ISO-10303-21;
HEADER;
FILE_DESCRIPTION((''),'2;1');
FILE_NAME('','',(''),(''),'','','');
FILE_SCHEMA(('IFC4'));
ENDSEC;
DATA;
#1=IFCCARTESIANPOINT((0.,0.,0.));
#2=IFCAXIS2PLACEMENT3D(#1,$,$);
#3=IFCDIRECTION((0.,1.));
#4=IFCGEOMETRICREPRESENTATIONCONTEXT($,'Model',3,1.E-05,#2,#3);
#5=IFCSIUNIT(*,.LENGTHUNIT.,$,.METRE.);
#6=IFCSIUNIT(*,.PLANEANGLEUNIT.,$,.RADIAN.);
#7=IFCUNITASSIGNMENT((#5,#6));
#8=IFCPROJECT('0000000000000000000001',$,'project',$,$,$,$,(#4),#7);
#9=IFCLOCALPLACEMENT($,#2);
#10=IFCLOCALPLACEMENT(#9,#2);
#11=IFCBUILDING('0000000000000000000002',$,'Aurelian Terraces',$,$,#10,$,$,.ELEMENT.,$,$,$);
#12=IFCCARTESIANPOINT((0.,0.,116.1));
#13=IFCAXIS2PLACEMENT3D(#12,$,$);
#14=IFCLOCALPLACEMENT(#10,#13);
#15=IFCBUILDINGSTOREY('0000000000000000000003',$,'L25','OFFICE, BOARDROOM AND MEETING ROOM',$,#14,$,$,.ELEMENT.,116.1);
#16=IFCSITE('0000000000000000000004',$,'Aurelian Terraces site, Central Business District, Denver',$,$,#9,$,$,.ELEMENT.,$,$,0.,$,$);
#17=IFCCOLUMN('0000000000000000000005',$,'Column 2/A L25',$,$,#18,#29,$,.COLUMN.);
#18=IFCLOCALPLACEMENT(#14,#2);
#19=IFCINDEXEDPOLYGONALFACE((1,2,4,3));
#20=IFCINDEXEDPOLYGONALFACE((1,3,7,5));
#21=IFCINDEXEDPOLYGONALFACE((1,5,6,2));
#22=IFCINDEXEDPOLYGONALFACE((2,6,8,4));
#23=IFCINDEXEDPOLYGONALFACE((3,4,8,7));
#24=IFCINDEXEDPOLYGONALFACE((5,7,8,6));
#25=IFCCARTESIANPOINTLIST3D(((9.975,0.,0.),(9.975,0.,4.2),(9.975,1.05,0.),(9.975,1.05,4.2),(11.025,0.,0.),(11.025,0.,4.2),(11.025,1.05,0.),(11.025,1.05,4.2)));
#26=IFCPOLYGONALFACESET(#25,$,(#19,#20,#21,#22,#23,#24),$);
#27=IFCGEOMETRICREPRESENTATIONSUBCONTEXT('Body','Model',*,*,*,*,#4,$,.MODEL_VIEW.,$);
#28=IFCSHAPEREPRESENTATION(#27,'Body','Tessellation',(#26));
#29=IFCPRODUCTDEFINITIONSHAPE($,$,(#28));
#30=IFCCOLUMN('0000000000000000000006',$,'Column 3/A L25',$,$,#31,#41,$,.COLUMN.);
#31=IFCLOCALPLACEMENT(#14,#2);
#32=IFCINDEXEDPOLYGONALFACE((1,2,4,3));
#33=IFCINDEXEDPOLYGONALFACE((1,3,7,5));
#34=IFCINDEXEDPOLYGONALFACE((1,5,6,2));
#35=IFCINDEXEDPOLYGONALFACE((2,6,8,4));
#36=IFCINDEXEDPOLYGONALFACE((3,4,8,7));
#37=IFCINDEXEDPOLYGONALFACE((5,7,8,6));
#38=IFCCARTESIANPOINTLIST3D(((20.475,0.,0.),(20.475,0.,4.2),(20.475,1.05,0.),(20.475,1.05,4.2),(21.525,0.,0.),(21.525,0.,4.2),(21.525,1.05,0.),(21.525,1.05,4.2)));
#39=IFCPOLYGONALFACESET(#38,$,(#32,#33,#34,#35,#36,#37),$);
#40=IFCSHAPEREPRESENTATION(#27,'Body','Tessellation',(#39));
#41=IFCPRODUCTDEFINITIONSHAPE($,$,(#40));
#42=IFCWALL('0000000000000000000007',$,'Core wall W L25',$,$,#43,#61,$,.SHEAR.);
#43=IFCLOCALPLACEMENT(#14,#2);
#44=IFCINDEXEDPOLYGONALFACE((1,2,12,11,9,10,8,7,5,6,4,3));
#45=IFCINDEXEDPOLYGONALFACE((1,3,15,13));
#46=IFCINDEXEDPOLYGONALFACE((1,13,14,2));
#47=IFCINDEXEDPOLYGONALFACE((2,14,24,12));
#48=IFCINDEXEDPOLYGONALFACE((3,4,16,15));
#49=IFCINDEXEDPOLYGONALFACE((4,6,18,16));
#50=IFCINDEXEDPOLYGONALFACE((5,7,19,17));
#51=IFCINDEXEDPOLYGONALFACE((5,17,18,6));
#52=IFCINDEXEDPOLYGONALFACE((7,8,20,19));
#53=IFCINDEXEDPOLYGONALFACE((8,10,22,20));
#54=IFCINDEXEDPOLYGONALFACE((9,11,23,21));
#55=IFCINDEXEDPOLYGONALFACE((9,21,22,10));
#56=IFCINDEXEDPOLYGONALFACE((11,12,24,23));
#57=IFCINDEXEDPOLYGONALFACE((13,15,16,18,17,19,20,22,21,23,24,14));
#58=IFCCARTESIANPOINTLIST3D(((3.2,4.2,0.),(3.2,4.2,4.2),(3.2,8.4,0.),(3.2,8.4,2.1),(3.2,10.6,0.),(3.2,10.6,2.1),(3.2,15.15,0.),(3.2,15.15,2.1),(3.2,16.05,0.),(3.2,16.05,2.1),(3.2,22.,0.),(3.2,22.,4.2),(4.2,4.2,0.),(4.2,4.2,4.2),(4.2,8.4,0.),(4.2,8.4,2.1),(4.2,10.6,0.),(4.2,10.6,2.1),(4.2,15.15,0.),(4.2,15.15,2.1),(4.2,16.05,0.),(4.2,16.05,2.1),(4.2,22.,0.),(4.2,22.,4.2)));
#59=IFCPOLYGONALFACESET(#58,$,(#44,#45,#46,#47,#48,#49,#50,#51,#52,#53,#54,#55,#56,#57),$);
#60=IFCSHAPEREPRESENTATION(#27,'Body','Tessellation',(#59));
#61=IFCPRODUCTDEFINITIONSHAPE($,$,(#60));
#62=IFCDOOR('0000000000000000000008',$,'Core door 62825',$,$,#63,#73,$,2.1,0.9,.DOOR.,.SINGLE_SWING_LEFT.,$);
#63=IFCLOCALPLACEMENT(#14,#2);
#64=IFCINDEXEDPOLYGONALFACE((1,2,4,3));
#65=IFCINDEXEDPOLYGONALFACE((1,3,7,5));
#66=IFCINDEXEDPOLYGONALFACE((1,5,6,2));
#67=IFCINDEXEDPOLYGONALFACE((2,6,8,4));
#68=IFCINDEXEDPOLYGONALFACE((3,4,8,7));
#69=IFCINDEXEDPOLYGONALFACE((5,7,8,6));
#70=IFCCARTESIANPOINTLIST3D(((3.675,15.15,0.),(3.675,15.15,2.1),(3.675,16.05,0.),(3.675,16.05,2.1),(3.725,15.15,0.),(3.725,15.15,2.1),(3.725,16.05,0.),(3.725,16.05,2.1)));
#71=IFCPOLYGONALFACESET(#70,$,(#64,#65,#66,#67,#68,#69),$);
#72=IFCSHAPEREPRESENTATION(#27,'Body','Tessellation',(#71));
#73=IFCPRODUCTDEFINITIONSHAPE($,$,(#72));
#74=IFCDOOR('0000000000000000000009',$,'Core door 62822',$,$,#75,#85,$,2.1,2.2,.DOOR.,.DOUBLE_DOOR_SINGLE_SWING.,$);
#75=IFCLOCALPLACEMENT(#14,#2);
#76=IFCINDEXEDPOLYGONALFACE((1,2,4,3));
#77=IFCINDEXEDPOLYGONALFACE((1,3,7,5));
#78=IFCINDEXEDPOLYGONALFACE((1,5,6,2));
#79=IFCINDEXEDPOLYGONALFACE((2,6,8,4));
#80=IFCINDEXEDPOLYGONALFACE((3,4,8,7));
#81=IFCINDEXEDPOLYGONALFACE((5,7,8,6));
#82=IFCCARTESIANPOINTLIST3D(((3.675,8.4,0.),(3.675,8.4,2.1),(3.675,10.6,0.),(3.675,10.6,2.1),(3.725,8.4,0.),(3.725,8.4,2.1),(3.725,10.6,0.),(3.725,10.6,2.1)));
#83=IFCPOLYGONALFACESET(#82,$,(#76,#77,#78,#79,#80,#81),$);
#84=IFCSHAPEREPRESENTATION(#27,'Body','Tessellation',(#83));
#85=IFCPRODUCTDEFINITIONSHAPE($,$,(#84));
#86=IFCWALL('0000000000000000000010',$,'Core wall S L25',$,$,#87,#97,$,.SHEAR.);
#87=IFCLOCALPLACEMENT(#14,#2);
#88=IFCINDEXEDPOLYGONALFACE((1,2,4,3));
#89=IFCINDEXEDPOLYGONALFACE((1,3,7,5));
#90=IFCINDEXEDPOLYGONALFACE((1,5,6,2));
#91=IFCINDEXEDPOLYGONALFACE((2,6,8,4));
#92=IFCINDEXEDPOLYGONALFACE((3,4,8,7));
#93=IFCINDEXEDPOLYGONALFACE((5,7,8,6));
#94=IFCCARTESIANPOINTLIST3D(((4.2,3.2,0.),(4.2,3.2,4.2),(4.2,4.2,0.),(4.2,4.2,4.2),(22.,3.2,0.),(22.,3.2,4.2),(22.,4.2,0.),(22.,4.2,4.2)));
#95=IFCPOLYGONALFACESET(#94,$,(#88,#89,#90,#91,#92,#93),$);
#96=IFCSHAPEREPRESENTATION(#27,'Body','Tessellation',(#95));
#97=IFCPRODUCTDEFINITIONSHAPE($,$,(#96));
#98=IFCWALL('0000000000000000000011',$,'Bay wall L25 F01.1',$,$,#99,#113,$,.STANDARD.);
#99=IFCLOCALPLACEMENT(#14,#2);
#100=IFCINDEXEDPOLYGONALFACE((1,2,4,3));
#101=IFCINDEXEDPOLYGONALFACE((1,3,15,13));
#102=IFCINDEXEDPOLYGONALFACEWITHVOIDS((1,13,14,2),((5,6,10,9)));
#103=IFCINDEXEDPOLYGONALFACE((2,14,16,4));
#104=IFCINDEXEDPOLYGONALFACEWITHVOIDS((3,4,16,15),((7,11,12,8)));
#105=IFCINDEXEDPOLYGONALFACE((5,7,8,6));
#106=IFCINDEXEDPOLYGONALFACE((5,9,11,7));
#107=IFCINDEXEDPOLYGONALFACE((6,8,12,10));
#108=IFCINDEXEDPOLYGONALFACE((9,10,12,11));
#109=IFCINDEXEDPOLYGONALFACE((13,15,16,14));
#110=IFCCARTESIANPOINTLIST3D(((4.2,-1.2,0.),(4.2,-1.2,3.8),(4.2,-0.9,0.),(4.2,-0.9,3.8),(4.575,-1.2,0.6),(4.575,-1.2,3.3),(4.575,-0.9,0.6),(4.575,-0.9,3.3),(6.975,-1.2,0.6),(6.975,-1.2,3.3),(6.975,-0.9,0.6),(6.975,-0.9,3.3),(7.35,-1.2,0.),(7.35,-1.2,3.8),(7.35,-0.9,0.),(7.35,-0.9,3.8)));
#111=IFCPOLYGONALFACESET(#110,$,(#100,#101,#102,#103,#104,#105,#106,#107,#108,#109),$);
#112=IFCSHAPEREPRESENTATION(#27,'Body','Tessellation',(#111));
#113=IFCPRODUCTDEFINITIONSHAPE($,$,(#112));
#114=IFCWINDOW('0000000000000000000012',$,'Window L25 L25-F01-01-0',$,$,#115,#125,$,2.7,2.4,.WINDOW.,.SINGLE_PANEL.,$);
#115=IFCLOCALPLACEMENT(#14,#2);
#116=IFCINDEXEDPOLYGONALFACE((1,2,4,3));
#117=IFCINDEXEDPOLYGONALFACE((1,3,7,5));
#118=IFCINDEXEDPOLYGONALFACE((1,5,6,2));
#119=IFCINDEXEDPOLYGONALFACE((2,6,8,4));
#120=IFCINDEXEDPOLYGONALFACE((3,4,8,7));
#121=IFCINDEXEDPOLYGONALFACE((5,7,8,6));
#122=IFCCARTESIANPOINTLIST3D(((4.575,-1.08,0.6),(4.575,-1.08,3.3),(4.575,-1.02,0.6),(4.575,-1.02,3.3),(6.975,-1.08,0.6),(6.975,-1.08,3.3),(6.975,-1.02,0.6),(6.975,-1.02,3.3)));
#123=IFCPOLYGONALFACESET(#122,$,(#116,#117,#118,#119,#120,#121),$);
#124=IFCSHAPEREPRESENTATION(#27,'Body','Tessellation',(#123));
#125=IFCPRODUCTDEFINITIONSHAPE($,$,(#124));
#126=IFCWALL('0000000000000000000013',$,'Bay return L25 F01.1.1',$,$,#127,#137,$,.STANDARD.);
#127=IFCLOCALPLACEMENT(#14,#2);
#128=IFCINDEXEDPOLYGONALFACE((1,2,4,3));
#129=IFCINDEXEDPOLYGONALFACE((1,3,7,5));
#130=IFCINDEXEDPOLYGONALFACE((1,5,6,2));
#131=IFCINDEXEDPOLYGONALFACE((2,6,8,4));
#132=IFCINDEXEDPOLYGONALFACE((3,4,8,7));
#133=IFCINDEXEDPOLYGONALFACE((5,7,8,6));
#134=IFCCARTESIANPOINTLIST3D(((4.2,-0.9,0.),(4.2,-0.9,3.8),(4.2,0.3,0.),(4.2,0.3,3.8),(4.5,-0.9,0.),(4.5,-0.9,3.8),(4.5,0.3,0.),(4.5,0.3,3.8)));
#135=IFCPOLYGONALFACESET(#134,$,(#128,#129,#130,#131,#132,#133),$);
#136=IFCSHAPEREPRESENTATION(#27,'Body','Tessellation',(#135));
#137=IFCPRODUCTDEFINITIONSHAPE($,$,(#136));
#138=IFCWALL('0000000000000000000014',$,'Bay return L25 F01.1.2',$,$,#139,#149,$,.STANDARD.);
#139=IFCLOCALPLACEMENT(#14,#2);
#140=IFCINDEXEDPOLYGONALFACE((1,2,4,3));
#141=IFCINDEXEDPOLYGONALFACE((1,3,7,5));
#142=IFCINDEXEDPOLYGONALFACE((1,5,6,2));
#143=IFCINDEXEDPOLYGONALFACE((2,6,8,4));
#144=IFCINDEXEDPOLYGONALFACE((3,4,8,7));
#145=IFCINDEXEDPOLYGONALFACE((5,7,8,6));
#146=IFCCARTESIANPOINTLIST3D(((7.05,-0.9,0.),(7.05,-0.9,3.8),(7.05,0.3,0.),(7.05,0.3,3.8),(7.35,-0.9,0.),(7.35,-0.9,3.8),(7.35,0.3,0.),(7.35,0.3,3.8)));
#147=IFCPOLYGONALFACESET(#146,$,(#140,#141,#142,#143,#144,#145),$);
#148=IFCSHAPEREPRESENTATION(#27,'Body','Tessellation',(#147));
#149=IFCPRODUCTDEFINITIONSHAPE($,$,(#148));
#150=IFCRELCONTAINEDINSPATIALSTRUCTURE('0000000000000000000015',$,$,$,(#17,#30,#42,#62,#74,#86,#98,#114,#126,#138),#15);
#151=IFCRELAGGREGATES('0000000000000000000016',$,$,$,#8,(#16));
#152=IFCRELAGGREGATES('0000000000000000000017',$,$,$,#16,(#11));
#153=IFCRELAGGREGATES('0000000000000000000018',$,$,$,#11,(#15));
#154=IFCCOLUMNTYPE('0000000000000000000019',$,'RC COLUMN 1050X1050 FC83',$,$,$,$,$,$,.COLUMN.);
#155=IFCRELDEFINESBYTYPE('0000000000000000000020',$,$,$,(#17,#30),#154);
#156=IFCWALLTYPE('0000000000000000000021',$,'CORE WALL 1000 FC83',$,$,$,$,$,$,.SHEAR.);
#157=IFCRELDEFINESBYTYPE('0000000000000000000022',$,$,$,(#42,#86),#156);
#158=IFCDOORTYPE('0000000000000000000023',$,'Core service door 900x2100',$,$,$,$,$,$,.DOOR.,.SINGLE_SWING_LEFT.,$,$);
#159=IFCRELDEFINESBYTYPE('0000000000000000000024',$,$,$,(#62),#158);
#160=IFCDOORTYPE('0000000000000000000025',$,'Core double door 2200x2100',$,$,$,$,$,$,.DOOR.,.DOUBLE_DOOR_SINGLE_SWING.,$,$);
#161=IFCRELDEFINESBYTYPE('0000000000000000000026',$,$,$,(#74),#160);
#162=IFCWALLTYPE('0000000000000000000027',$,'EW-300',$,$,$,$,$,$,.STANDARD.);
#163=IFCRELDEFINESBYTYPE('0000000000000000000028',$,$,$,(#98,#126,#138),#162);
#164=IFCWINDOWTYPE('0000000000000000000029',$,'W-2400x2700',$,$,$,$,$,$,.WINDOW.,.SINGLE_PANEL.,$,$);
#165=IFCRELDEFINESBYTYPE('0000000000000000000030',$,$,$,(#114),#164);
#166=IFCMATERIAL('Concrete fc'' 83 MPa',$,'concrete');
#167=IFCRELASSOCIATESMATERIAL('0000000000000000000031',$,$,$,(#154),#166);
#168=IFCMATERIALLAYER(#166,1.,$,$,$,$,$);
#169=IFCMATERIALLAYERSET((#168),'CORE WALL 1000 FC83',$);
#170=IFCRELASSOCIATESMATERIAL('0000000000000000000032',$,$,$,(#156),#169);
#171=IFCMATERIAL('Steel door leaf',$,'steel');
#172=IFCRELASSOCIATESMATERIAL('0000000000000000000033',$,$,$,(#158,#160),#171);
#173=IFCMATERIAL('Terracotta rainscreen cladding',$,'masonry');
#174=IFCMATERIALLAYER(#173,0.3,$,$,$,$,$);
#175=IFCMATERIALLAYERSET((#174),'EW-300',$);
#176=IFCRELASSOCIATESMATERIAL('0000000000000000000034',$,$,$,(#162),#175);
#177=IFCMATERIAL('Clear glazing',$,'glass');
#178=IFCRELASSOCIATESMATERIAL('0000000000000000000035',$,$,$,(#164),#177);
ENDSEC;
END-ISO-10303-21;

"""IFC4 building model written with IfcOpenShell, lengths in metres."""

from ifc_helpers import new_model, si_unit, direction, frame, frame_2d, origin, origin_2d, place, context, subcontext, project, spatial, rectangle, extrude, source, transform, mapped, material, layer, layer_set, material_profile, profile_set, type_object, element, fill, save


model = new_model("IFC4")

# Units and contexts
model_context = context("Model", 3, precision=1e-05, world=origin(), true_north=direction((0.0, 1.0)))
body_context = subcontext(model_context, "Body", "Model", "MODEL_VIEW")
ifc_project = project(units=[si_unit("LENGTHUNIT", "METRE"), si_unit("PLANEANGLEUNIT", "RADIAN")], contexts=[model_context])

# Site, building, storey
site_placement = place(None, origin())
site = spatial("IfcSite", under=ifc_project, at=site_placement, Name="Aurelian Terraces site, Central Business District, Denver", CompositionType="ELEMENT", RefElevation=0.0)
building_placement = place(site_placement, origin())
building = spatial("IfcBuilding", under=site, at=building_placement, Name="Aurelian Terraces", CompositionType="ELEMENT")
storey_placement = place(building_placement, frame((0.0, 0.0, 116.1)))
storey = spatial("IfcBuildingStorey", under=building, at=storey_placement, Name="L25", Description="OFFICE, BOARDROOM AND MEETING ROOM", CompositionType="ELEMENT", Elevation=116.1)

# Columns
ifc_material_1 = material(Name="Concrete fc' 83 MPa", Category="concrete")
ifc_material_profile = material_profile(ifc_material_1, rectangle(XDim=1.05, YDim=1.05, at=origin_2d()))
ifc_profile_set = profile_set([ifc_material_profile], Name="Concrete fc' 83 MPa")
column_type = type_object("IfcColumnType", Name="RC COLUMN 1050X1050 FC83", PredefinedType="COLUMN", material=ifc_profile_set)
shared_shape_1 = source(origin(), body_context, "Body", "SweptSolid", [
    extrude(rectangle(XDim=1.05, YDim=1.05, at=origin_2d()), origin(), (0.0, 0.0, 1.0), 4.2),
])
for number, where, z_axis, x_axis, name in (
    (1, (10.5, 0.525, 0.0), (0.0, 0.0, 1.0), (1.0, 0.0, 0.0), "Column 2/A L25"),
    (2, (21.0, 0.525, 0.0), (0.0, 0.0, 1.0), (1.0, 0.0, 0.0), "Column 3/A L25"),
):
    element("IfcColumn", number, at=place(storey_placement, frame(where, z_axis=z_axis, x_axis=x_axis)), inside=storey, type_object=column_type, Name=name, PredefinedType="COLUMN", context=body_context, shape_type="MappedRepresentation", body=[
        mapped(shared_shape_1, transform((0.0, 0.0, 0.0), scale=1.0)),
    ])

# Wall, openings, doors
ifc_layer_1 = layer(ifc_material_1, 1.0)
ifc_layer_set_1 = layer_set([ifc_layer_1], Name="CORE WALL 1000 FC83")
wall_type_1 = type_object("IfcWallType", Name="CORE WALL 1000 FC83", PredefinedType="SHEAR", material=ifc_layer_set_1)
shared_shape_2 = source(origin(), body_context, "Body", "SweptSolid", [
    extrude(rectangle(XDim=17.8, YDim=1.0, at=frame_2d((8.9, 0.0))), origin(), (0.0, 0.0, 1.0), 4.2),
])
wall_1_placement = place(storey_placement, frame((3.7, 4.2, 0.0), z_axis=(0.0, 0.0, 1.0), x_axis=(0.0, 1.0, 0.0)))
wall_1 = element("IfcWall", 3, at=wall_1_placement, inside=storey, type_object=wall_type_1, Name="Core wall W L25", PredefinedType="SHEAR", context=body_context, shape_type="MappedRepresentation", body=[
    mapped(shared_shape_2, transform((0.0, 0.0, 0.0), scale=1.0)),
])
shared_shape_3 = source(origin(), body_context, "Body", "SweptSolid", [
    extrude(rectangle(XDim=2.2, YDim=2.1, at=frame_2d((1.1, 1.05))), frame((0.0, 0.51, 0.0), z_axis=(0.0, -1.0, 0.0), x_axis=(1.0, 0.0, 0.0)), (0.0, 0.0, 1.0), 1.02),
])
opening_1_placement = place(wall_1_placement, frame((4.2, 0.0, 0.0)))
opening_1 = element("IfcOpeningElement", 4, at=opening_1_placement, cuts=wall_1, PredefinedType="OPENING", context=body_context, shape_type="MappedRepresentation", body=[
    mapped(shared_shape_3, transform((0.0, 0.0, 0.0), scale=1.0)),
])
shared_shape_4 = source(origin(), body_context, "Body", "SweptSolid", [
    extrude(rectangle(XDim=0.9, YDim=2.1, at=frame_2d((0.45, 1.05))), frame((0.0, 0.51, 0.0), z_axis=(0.0, -1.0, 0.0), x_axis=(1.0, 0.0, 0.0)), (0.0, 0.0, 1.0), 1.02),
])
opening_2_placement = place(wall_1_placement, frame((10.95, 0.0, 0.0)))
opening_2 = element("IfcOpeningElement", 5, at=opening_2_placement, cuts=wall_1, PredefinedType="OPENING", context=body_context, shape_type="MappedRepresentation", body=[
    mapped(shared_shape_4, transform((0.0, 0.0, 0.0), scale=1.0)),
])
ifc_material_2 = material(Name="Steel door leaf", Category="steel")
door_type_1 = type_object("IfcDoorType", Name="Core service door 900x2100", OperationType="SINGLE_SWING_LEFT", PredefinedType="DOOR", material=ifc_material_2)
shared_shape_5 = source(origin(), body_context, "Body", "SweptSolid", [
    extrude(rectangle(XDim=0.9, YDim=2.1, at=frame_2d((0.45, 1.05))), frame((0.0, 0.025, 0.0), z_axis=(0.0, -1.0, 0.0), x_axis=(1.0, 0.0, 0.0)), (0.0, 0.0, 1.0), 0.05),
])
door_1_placement = place(opening_2_placement, origin())
door_1 = element("IfcDoor", 6, at=door_1_placement, inside=storey, type_object=door_type_1, Name="Core door 62825", OperationType="SINGLE_SWING_LEFT", OverallHeight=2.1, OverallWidth=0.9, PredefinedType="DOOR", context=body_context, shape_type="MappedRepresentation", body=[
    mapped(shared_shape_5, transform((0.0, 0.0, 0.0), scale=1.0)),
])
fill(opening_2, door_1)
door_type_2 = type_object("IfcDoorType", Name="Core double door 2200x2100", OperationType="DOUBLE_DOOR_SINGLE_SWING", PredefinedType="DOOR", material=ifc_material_2)
shared_shape_6 = source(origin(), body_context, "Body", "SweptSolid", [
    extrude(rectangle(XDim=2.2, YDim=2.1, at=frame_2d((1.1, 1.05))), frame((0.0, 0.025, 0.0), z_axis=(0.0, -1.0, 0.0), x_axis=(1.0, 0.0, 0.0)), (0.0, 0.0, 1.0), 0.05),
])
door_2_placement = place(opening_1_placement, origin())
door_2 = element("IfcDoor", 7, at=door_2_placement, inside=storey, type_object=door_type_2, Name="Core door 62822", OperationType="DOUBLE_DOOR_SINGLE_SWING", OverallHeight=2.1, OverallWidth=2.2, PredefinedType="DOOR", context=body_context, shape_type="MappedRepresentation", body=[
    mapped(shared_shape_6, transform((0.0, 0.0, 0.0), scale=1.0)),
])
fill(opening_1, door_2)

# Wall
wall_2_placement = place(storey_placement, frame((4.2, 3.7, 0.0), z_axis=(0.0, 0.0, 1.0), x_axis=(1.0, 0.0, 0.0)))
element("IfcWall", 8, at=wall_2_placement, inside=storey, type_object=wall_type_1, Name="Core wall S L25", PredefinedType="SHEAR", context=body_context, shape_type="MappedRepresentation", body=[
    mapped(shared_shape_2, transform((0.0, 0.0, 0.0), scale=1.0)),
])

# Wall, opening, window
ifc_material_3 = material(Name="Terracotta rainscreen cladding", Category="masonry")
ifc_layer_2 = layer(ifc_material_3, 0.3)
ifc_layer_set_2 = layer_set([ifc_layer_2], Name="EW-300")
wall_type_2 = type_object("IfcWallType", Name="EW-300", PredefinedType="STANDARD", material=ifc_layer_set_2)
shared_shape_7 = source(origin(), body_context, "Body", "SweptSolid", [
    extrude(rectangle(XDim=3.15, YDim=0.3, at=frame_2d((1.575, 0.0))), origin(), (0.0, 0.0, 1.0), 3.8),
])
wall_3_placement = place(storey_placement, frame((4.2, -1.05, 0.0), z_axis=(0.0, 0.0, 1.0), x_axis=(1.0, 0.0, 0.0)))
wall_3 = element("IfcWall", 9, at=wall_3_placement, inside=storey, type_object=wall_type_2, Name="Bay wall L25 F01.1", PredefinedType="STANDARD", context=body_context, shape_type="MappedRepresentation", body=[
    mapped(shared_shape_7, transform((0.0, 0.0, 0.0), scale=1.0)),
])
shared_shape_8 = source(origin(), body_context, "Body", "SweptSolid", [
    extrude(rectangle(XDim=2.4, YDim=2.7, at=frame_2d((1.2, 1.35))), frame((0.0, 0.16, 0.0), z_axis=(0.0, -1.0, 0.0), x_axis=(1.0, 0.0, 0.0)), (0.0, 0.0, 1.0), 0.32),
])
opening_3_placement = place(wall_3_placement, frame((0.375, 0.0, 0.6)))
opening_3 = element("IfcOpeningElement", 10, at=opening_3_placement, cuts=wall_3, PredefinedType="OPENING", context=body_context, shape_type="MappedRepresentation", body=[
    mapped(shared_shape_8, transform((0.0, 0.0, 0.0), scale=1.0)),
])
ifc_material_4 = material(Name="Clear glazing", Category="glass")
window_type_1 = type_object("IfcWindowType", Name="W-2400x2700", PartitioningType="SINGLE_PANEL", PredefinedType="WINDOW", material=ifc_material_4)
shared_shape_9 = source(origin(), body_context, "Body", "SweptSolid", [
    extrude(rectangle(XDim=2.4, YDim=2.7, at=frame_2d((1.2, 1.35))), frame((0.0, 0.03, 0.0), z_axis=(0.0, -1.0, 0.0), x_axis=(1.0, 0.0, 0.0)), (0.0, 0.0, 1.0), 0.06),
])
window_1_placement = place(opening_3_placement, origin())
window_1 = element("IfcWindow", 11, at=window_1_placement, inside=storey, type_object=window_type_1, Name="Window L25 L25-F01-01-0", OverallHeight=2.7, OverallWidth=2.4, PartitioningType="SINGLE_PANEL", PredefinedType="WINDOW", context=body_context, shape_type="MappedRepresentation", body=[
    mapped(shared_shape_9, transform((0.0, 0.0, 0.0), scale=1.0)),
])
fill(opening_3, window_1)

# Walls
shared_shape_10 = source(origin(), body_context, "Body", "SweptSolid", [
    extrude(rectangle(XDim=1.2, YDim=0.3, at=frame_2d((0.6, 0.0))), origin(), (0.0, 0.0, 1.0), 3.8),
])
for number, where, z_axis, x_axis, name in (
    (12, (4.35, 0.3, 0.0), (0.0, 0.0, 1.0), (0.0, -1.0, 0.0), "Bay return L25 F01.1.1"),
    (13, (7.2, 0.3, 0.0), (0.0, 0.0, 1.0), (0.0, -1.0, 0.0), "Bay return L25 F01.1.2"),
):
    element("IfcWall", number, at=place(storey_placement, frame(where, z_axis=z_axis, x_axis=x_axis)), inside=storey, type_object=wall_type_2, Name=name, PredefinedType="STANDARD", context=body_context, shape_type="MappedRepresentation", body=[
        mapped(shared_shape_10, transform((0.0, 0.0, 0.0), scale=1.0)),
    ])

save(model, "model.ifc")
